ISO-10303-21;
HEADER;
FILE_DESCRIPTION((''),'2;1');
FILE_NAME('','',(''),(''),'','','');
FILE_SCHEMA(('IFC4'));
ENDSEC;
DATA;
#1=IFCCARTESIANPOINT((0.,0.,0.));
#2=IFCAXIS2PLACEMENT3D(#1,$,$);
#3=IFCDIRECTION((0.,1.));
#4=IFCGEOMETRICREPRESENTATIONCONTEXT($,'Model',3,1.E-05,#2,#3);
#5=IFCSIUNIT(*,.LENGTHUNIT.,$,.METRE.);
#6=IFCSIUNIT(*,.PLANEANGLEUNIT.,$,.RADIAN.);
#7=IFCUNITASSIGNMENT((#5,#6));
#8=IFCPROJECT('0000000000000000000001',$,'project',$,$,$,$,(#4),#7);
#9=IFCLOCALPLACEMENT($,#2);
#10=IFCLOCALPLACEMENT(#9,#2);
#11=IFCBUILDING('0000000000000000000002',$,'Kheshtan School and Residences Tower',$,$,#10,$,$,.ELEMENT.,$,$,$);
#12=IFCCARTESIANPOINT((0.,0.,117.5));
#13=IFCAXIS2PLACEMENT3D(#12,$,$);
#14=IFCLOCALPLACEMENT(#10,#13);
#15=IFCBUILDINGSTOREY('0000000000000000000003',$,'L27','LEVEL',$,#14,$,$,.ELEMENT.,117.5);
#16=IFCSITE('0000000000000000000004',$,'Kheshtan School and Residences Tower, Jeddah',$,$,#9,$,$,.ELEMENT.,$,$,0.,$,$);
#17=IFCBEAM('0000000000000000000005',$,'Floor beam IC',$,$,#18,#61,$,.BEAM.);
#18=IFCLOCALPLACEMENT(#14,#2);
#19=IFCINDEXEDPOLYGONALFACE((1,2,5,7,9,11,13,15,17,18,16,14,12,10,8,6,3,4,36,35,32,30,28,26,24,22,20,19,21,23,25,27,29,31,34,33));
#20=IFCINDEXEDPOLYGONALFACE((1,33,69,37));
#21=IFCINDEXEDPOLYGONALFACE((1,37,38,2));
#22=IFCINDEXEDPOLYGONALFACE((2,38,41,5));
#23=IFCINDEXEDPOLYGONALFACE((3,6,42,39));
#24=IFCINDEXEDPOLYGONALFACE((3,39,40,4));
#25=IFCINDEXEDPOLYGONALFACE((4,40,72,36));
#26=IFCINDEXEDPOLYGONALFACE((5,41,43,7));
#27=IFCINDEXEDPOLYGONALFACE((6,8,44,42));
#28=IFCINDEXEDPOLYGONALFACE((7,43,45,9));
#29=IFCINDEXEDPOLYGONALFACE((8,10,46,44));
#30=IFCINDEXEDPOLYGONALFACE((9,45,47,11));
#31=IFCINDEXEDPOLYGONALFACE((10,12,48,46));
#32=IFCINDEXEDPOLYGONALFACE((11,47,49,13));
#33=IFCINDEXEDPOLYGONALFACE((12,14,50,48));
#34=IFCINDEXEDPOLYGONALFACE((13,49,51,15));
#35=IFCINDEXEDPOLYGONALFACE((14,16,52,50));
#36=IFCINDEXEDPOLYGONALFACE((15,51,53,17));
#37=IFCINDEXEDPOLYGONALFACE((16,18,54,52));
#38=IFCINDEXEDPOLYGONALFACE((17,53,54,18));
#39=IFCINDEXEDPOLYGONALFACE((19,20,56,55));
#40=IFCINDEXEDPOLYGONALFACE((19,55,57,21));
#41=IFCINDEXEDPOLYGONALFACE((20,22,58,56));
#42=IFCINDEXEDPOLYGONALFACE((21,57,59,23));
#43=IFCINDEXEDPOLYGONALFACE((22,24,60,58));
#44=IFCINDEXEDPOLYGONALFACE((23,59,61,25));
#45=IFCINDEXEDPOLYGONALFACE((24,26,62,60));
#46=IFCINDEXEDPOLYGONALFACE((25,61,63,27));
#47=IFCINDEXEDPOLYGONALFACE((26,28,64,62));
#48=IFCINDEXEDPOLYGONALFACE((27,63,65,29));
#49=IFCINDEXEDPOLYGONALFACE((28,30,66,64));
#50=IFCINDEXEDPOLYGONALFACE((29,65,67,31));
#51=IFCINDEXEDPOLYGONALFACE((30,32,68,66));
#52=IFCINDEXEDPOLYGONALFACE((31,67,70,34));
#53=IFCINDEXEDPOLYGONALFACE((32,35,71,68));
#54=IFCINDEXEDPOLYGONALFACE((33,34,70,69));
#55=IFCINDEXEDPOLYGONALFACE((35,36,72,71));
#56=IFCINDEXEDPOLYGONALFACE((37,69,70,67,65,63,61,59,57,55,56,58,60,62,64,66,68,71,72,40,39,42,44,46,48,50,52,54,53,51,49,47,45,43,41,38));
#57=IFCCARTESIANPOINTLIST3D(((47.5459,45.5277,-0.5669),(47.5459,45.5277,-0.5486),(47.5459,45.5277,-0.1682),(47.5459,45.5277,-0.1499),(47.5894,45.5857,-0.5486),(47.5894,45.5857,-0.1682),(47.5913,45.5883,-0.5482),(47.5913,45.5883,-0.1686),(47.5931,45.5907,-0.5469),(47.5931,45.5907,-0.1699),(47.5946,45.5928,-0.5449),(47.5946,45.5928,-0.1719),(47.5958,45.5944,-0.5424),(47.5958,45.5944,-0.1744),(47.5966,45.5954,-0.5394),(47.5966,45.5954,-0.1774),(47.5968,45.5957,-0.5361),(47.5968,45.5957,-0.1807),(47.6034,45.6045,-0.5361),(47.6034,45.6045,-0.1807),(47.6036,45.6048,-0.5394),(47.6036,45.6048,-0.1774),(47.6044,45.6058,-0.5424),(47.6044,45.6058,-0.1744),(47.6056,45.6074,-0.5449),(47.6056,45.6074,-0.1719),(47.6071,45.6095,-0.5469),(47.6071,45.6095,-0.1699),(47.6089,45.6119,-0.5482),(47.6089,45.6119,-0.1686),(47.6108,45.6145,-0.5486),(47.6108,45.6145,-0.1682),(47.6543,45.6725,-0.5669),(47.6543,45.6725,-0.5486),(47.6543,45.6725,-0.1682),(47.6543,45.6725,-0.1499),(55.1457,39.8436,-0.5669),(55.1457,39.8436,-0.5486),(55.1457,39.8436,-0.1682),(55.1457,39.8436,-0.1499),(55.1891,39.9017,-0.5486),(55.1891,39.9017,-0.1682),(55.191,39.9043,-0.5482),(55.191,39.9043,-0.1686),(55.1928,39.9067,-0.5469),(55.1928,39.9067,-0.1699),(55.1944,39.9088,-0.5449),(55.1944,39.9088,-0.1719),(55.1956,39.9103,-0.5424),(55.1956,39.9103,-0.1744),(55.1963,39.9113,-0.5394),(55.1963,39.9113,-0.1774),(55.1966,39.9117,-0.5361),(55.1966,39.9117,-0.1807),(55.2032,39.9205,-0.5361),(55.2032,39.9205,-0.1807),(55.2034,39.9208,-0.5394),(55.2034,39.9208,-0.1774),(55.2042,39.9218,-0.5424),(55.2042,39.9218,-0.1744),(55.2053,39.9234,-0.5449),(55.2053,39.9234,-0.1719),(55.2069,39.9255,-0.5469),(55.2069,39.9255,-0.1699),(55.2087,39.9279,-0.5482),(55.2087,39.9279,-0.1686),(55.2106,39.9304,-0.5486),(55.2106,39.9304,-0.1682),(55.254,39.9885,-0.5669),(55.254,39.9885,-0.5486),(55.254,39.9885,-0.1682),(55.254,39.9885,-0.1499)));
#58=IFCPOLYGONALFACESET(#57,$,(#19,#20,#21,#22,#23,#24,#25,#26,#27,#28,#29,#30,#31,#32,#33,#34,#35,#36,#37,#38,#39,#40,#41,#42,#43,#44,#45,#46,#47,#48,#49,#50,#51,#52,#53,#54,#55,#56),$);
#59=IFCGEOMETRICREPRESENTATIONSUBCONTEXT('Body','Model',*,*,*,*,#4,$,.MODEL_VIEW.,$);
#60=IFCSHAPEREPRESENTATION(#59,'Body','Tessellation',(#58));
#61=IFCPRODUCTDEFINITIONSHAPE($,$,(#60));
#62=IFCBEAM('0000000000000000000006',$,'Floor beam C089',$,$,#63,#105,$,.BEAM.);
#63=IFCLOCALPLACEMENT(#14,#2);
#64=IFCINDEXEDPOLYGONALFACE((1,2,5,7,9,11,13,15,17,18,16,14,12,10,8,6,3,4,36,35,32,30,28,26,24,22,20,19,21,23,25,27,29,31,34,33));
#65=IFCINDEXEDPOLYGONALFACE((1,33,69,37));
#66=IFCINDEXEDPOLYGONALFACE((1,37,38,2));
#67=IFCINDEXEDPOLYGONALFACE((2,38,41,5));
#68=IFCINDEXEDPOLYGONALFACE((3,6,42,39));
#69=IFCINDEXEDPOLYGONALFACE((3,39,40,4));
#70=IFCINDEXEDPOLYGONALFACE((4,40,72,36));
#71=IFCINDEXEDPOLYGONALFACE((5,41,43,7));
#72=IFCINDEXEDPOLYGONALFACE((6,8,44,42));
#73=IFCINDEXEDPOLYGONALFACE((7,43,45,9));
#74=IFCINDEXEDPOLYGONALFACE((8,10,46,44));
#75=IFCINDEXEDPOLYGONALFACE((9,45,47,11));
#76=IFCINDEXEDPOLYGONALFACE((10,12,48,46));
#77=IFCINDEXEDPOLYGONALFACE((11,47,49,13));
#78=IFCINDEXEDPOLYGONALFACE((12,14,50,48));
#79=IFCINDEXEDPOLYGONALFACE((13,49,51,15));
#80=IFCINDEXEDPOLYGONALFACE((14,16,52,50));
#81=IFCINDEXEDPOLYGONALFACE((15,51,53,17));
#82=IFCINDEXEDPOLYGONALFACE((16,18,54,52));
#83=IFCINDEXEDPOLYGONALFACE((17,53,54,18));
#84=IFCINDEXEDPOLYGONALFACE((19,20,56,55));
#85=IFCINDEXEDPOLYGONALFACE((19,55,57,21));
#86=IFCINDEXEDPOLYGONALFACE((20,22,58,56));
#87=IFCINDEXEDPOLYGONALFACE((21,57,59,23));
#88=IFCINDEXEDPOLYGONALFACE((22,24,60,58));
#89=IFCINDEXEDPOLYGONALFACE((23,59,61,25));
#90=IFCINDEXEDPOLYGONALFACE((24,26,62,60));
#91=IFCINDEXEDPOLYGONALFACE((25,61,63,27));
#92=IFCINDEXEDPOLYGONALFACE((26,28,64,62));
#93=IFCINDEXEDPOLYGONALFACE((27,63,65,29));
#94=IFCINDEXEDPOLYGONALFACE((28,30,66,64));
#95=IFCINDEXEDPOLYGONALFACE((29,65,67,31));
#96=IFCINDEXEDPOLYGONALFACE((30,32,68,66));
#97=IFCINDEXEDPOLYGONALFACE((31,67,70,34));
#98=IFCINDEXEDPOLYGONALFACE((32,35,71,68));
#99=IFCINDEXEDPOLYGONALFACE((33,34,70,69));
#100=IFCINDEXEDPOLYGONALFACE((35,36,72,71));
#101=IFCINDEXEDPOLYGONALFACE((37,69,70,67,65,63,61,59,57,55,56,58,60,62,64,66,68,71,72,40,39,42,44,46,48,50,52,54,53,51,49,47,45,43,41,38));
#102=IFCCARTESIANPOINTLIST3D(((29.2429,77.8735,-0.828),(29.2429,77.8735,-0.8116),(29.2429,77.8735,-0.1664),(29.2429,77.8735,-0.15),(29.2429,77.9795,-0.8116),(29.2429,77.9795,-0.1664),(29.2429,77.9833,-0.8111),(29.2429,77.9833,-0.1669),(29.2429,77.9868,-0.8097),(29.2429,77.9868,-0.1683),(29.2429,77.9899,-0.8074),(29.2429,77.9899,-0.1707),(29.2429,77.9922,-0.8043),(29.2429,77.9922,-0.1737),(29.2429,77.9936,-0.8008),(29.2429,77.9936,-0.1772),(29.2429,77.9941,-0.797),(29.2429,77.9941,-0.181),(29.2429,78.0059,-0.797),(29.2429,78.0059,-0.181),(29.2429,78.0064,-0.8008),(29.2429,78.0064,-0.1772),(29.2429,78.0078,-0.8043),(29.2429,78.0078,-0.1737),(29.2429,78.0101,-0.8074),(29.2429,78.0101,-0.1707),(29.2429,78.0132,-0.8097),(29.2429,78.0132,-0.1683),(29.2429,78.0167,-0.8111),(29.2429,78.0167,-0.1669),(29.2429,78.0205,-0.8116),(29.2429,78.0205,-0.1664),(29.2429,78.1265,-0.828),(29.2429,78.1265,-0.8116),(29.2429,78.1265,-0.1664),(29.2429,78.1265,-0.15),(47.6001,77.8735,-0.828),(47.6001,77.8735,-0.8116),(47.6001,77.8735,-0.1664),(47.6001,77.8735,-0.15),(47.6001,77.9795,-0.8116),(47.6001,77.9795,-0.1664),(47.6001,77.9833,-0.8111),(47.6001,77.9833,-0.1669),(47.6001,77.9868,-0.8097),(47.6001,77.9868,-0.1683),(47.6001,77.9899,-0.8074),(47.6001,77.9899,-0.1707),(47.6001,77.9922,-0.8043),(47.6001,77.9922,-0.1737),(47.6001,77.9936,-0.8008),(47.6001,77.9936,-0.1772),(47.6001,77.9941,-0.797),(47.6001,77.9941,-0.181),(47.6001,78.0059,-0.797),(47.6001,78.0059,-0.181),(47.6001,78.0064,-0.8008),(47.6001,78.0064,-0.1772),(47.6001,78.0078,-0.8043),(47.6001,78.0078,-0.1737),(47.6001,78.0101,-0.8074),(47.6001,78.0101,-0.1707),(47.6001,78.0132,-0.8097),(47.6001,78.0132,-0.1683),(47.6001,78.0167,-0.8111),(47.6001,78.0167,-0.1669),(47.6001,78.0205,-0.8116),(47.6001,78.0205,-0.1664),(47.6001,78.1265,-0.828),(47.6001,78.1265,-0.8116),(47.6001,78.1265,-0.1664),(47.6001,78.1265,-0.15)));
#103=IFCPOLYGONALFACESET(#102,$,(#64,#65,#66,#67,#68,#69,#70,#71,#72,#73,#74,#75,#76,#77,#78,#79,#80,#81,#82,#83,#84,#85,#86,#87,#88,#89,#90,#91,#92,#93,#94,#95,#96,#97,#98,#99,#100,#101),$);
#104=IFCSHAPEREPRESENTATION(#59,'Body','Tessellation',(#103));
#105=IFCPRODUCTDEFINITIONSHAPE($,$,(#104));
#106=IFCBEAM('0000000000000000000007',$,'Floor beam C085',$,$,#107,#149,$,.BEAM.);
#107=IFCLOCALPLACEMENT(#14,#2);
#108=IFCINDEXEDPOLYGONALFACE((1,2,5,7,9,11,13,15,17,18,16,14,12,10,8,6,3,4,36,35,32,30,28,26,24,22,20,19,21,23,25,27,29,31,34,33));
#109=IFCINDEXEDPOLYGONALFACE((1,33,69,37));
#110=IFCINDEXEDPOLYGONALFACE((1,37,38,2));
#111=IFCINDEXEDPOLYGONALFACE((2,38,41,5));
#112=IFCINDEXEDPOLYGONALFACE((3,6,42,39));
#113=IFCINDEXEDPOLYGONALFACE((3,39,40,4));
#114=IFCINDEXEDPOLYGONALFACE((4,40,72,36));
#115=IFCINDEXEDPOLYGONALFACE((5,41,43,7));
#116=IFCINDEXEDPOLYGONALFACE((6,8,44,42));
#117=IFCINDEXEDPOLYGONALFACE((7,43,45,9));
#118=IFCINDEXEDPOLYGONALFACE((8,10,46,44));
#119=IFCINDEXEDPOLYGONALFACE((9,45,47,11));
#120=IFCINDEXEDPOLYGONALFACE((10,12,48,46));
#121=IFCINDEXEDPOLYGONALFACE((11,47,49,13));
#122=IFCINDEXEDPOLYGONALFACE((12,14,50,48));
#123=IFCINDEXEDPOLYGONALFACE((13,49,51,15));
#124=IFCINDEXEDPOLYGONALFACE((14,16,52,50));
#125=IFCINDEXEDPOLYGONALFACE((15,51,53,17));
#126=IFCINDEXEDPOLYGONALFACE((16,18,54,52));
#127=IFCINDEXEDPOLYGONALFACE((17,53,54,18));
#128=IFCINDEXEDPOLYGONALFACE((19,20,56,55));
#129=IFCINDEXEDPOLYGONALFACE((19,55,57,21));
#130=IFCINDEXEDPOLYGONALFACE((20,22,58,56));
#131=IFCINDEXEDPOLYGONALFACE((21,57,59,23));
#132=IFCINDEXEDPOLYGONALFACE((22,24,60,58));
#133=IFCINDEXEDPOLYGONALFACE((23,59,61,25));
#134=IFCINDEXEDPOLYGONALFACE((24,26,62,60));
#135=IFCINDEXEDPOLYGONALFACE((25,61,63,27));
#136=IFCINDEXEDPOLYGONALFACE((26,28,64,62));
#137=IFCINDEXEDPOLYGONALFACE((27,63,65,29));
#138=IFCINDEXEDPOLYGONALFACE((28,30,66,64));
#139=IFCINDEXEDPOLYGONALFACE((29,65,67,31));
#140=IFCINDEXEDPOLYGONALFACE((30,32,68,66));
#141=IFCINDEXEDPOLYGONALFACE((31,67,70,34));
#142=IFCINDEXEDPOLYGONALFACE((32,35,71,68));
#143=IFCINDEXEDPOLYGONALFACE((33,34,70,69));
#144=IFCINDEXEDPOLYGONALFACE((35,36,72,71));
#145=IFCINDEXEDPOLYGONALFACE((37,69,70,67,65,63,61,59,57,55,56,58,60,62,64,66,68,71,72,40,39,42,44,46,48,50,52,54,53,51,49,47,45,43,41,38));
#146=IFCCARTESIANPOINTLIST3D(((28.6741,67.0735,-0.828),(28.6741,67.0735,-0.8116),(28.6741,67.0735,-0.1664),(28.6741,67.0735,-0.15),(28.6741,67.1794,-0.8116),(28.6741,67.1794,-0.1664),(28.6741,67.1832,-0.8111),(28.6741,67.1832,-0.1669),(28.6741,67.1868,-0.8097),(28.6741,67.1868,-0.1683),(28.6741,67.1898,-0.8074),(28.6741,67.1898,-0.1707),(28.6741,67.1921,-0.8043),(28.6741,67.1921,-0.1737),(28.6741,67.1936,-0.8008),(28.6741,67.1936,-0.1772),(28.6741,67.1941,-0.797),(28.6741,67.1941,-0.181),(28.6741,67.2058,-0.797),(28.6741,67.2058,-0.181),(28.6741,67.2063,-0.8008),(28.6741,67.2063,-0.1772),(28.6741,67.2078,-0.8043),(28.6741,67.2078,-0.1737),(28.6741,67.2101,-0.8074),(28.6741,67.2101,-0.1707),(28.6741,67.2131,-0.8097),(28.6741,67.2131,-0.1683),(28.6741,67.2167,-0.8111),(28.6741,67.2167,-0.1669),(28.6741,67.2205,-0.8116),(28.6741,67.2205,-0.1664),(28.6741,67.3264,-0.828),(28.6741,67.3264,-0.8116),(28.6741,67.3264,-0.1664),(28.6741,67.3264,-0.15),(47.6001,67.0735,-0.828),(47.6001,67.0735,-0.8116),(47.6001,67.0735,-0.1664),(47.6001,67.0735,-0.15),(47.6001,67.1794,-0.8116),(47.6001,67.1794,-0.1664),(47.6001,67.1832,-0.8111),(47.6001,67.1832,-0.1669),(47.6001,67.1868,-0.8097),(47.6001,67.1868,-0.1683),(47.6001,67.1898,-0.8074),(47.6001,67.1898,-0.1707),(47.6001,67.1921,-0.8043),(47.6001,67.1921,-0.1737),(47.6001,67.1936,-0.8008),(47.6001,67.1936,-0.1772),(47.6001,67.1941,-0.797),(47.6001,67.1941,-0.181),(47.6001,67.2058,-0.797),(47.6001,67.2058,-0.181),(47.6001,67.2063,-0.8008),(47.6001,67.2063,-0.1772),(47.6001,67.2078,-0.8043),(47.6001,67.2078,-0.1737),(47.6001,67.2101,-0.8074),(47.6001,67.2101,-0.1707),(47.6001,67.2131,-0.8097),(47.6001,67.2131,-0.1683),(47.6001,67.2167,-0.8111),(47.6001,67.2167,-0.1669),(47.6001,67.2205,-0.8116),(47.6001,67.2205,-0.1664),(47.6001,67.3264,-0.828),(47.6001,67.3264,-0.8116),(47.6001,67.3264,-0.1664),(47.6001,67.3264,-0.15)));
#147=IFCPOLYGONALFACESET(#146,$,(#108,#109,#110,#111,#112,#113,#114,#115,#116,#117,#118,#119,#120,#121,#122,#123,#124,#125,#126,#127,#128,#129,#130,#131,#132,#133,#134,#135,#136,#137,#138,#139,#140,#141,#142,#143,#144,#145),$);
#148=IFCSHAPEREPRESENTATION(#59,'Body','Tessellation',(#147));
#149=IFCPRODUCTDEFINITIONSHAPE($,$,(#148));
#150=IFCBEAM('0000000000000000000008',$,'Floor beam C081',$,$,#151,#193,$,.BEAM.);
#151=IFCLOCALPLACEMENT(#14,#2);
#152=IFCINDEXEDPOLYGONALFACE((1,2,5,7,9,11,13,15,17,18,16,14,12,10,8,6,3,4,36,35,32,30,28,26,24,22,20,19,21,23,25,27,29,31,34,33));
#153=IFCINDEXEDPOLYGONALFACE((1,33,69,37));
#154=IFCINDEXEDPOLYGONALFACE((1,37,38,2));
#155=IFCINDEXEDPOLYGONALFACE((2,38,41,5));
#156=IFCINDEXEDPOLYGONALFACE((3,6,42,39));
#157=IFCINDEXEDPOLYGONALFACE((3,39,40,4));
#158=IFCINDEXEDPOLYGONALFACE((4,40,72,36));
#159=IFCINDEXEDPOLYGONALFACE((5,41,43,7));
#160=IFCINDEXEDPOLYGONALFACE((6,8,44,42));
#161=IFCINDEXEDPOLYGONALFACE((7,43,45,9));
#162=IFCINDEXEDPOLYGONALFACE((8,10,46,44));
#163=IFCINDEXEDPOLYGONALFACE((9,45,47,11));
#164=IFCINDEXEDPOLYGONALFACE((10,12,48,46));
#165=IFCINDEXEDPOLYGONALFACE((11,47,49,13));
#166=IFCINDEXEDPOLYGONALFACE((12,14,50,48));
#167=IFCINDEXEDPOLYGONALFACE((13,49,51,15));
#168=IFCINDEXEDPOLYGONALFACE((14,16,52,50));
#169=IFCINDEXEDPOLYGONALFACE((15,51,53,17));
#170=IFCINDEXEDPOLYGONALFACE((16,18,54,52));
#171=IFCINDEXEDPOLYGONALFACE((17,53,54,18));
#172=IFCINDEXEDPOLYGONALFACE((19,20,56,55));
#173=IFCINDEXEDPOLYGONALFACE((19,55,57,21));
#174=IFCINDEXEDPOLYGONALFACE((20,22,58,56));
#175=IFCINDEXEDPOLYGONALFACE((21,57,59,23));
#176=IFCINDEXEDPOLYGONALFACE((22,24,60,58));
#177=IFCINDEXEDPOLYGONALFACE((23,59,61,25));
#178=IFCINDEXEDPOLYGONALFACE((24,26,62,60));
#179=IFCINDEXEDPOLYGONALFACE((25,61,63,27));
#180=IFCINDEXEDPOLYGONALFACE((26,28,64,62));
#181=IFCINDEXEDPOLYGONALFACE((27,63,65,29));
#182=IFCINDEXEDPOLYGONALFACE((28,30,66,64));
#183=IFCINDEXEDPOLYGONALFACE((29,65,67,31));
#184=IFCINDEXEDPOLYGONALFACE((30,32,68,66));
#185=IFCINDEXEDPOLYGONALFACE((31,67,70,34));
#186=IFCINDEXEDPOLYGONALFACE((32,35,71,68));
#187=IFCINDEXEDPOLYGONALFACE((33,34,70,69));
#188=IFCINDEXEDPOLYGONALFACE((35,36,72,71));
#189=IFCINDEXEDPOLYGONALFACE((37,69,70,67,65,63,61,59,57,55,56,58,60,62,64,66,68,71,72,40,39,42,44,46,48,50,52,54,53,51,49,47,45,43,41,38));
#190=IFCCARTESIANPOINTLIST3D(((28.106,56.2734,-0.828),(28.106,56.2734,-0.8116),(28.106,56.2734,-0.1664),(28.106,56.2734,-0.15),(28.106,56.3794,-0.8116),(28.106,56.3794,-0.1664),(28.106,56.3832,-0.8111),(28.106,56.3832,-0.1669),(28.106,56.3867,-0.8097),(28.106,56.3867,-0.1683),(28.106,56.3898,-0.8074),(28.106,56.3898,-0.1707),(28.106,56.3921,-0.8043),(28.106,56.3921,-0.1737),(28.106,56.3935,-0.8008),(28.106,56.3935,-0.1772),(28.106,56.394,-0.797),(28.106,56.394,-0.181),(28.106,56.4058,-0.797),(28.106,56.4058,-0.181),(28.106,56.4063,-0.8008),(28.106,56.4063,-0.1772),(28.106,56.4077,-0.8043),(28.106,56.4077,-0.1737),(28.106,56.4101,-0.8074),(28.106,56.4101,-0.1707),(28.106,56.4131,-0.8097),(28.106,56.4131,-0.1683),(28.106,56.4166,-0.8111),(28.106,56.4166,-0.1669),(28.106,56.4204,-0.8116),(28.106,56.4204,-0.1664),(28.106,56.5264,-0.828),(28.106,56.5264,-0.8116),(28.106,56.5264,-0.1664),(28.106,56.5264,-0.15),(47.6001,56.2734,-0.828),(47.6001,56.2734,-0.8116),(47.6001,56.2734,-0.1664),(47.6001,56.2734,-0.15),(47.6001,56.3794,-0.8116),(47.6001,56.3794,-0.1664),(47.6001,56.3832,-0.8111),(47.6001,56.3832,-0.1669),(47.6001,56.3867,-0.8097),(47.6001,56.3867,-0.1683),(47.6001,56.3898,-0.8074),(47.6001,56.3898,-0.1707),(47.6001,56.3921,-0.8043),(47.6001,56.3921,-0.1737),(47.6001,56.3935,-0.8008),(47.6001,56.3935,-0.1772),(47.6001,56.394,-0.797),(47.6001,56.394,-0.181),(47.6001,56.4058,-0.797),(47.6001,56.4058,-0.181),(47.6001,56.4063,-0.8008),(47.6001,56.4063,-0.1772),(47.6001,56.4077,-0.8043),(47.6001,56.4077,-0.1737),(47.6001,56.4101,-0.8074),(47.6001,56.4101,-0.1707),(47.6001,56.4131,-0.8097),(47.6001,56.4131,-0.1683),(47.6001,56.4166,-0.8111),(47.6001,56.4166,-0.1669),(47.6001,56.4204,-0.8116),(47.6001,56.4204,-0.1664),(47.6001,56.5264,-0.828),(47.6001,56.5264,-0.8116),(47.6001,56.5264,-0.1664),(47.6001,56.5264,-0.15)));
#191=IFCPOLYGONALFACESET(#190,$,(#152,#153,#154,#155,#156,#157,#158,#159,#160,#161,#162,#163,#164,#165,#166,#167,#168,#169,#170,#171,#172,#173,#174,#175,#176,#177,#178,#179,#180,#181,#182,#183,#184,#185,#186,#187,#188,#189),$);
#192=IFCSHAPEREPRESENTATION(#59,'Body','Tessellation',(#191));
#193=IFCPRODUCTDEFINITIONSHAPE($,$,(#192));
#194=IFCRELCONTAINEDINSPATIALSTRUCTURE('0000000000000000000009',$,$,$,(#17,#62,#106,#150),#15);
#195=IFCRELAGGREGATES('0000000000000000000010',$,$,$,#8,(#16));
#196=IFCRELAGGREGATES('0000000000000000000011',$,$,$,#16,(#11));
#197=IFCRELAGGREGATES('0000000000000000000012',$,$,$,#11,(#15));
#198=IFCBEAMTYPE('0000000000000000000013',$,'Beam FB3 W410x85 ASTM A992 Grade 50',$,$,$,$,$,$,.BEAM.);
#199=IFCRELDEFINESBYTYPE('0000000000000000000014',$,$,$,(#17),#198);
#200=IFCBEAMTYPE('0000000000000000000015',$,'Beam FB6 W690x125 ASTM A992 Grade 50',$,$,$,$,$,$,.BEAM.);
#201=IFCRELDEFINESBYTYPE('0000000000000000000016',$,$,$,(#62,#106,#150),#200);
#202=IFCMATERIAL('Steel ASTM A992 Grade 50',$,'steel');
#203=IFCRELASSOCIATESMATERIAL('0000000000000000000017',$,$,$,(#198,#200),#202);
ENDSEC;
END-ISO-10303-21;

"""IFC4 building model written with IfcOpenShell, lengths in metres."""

from ifc_helpers import new_model, si_unit, direction, frame, origin, origin_2d, place, context, subcontext, project, spatial, i_section, extrude, material, material_profile, profile_set, type_object, element, save


model = new_model("IFC4")

# Units and contexts
model_context = context("Model", 3, precision=1e-05, world=origin(), true_north=direction((0.0, 1.0)))
body_context = subcontext(model_context, "Body", "Model", "MODEL_VIEW")
ifc_project = project(units=[si_unit("LENGTHUNIT", "METRE"), si_unit("PLANEANGLEUNIT", "RADIAN")], contexts=[model_context])

# Site, building, storey
site_placement = place(None, origin())
site = spatial("IfcSite", under=ifc_project, at=site_placement, Name="Kheshtan School and Residences Tower, Jeddah", CompositionType="ELEMENT", RefElevation=0.0)
building_placement = place(site_placement, origin())
building = spatial("IfcBuilding", under=site, at=building_placement, Name="Kheshtan School and Residences Tower", CompositionType="ELEMENT")
storey_placement = place(building_placement, frame((0.0, 0.0, 117.5)))
storey = spatial("IfcBuildingStorey", under=building, at=storey_placement, Name="L27", Description="LEVEL", CompositionType="ELEMENT", Elevation=117.5)

# Shared definitions
ifc_material_1 = material(Name="Steel ASTM A992 Grade 50", Category="steel")

# Beams
ifc_material_profile_1 = material_profile(ifc_material_1, i_section(OverallWidth=0.1809, OverallDepth=0.417, WebThickness=0.011, FlangeThickness=0.0183, FilletRadius=0.0125, at=origin_2d()), Name="W410x85")
ifc_profile_set_1 = profile_set([ifc_material_profile_1], Name="Steel ASTM A992 Grade 50")
beam_type_1 = type_object("IfcBeamType", Name="Beam FB3 W410x85 ASTM A992 Grade 50", PredefinedType="BEAM", material=ifc_profile_set_1)
beam_1_placement = place(storey_placement, frame((47.6001, 45.6001, -0.3584), z_axis=(0.800799, -0.598933, 0.0), x_axis=(0.598933, 0.800799, 0.0)))
element("IfcBeam", 1, at=beam_1_placement, inside=storey, type_object=beam_type_1, Name="Floor beam IC", PredefinedType="BEAM", context=body_context, shape_type="SweptSolid", body=[
    extrude(i_section(OverallWidth=0.1809, OverallDepth=0.417, WebThickness=0.011, FlangeThickness=0.0183, FilletRadius=0.0125, at=origin_2d()), origin(), (0.0, 0.0, 1.0), 9.4902),
])
ifc_material_profile_2 = material_profile(ifc_material_1, i_section(OverallWidth=0.2529, OverallDepth=0.678, WebThickness=0.0117, FlangeThickness=0.0164, FilletRadius=0.0146, at=origin_2d()), Name="W690x125")
ifc_profile_set_2 = profile_set([ifc_material_profile_2], Name="Steel ASTM A992 Grade 50")
beam_type_2 = type_object("IfcBeamType", Name="Beam FB6 W690x125 ASTM A992 Grade 50", PredefinedType="BEAM", material=ifc_profile_set_2)
beam_2_placement = place(storey_placement, frame((47.6001, 78.0, -0.489), z_axis=(-1.0, 0.0, 0.0), x_axis=(0.0, -1.0, 0.0)))
element("IfcBeam", 2, at=beam_2_placement, inside=storey, type_object=beam_type_2, Name="Floor beam C089", PredefinedType="BEAM", context=body_context, shape_type="SweptSolid", body=[
    extrude(i_section(OverallWidth=0.2529, OverallDepth=0.678, WebThickness=0.0117, FlangeThickness=0.0164, FilletRadius=0.0146, at=origin_2d()), origin(), (0.0, 0.0, 1.0), 18.3572),
])
beam_3_placement = place(storey_placement, frame((47.6001, 67.2, -0.489), z_axis=(-1.0, 0.0, 0.0), x_axis=(0.0, -1.0, 0.0)))
element("IfcBeam", 3, at=beam_3_placement, inside=storey, type_object=beam_type_2, Name="Floor beam C085", PredefinedType="BEAM", context=body_context, shape_type="SweptSolid", body=[
    extrude(i_section(OverallWidth=0.2529, OverallDepth=0.678, WebThickness=0.0117, FlangeThickness=0.0164, FilletRadius=0.0146, at=origin_2d()), origin(), (0.0, 0.0, 1.0), 18.926),
])
beam_4_placement = place(storey_placement, frame((47.6001, 56.3999, -0.489), z_axis=(-1.0, 0.0, 0.0), x_axis=(0.0, -1.0, 0.0)))
element("IfcBeam", 4, at=beam_4_placement, inside=storey, type_object=beam_type_2, Name="Floor beam C081", PredefinedType="BEAM", context=body_context, shape_type="SweptSolid", body=[
    extrude(i_section(OverallWidth=0.2529, OverallDepth=0.678, WebThickness=0.0117, FlangeThickness=0.0164, FilletRadius=0.0146, at=origin_2d()), origin(), (0.0, 0.0, 1.0), 19.4941),
])

save(model, "model.ifc")
